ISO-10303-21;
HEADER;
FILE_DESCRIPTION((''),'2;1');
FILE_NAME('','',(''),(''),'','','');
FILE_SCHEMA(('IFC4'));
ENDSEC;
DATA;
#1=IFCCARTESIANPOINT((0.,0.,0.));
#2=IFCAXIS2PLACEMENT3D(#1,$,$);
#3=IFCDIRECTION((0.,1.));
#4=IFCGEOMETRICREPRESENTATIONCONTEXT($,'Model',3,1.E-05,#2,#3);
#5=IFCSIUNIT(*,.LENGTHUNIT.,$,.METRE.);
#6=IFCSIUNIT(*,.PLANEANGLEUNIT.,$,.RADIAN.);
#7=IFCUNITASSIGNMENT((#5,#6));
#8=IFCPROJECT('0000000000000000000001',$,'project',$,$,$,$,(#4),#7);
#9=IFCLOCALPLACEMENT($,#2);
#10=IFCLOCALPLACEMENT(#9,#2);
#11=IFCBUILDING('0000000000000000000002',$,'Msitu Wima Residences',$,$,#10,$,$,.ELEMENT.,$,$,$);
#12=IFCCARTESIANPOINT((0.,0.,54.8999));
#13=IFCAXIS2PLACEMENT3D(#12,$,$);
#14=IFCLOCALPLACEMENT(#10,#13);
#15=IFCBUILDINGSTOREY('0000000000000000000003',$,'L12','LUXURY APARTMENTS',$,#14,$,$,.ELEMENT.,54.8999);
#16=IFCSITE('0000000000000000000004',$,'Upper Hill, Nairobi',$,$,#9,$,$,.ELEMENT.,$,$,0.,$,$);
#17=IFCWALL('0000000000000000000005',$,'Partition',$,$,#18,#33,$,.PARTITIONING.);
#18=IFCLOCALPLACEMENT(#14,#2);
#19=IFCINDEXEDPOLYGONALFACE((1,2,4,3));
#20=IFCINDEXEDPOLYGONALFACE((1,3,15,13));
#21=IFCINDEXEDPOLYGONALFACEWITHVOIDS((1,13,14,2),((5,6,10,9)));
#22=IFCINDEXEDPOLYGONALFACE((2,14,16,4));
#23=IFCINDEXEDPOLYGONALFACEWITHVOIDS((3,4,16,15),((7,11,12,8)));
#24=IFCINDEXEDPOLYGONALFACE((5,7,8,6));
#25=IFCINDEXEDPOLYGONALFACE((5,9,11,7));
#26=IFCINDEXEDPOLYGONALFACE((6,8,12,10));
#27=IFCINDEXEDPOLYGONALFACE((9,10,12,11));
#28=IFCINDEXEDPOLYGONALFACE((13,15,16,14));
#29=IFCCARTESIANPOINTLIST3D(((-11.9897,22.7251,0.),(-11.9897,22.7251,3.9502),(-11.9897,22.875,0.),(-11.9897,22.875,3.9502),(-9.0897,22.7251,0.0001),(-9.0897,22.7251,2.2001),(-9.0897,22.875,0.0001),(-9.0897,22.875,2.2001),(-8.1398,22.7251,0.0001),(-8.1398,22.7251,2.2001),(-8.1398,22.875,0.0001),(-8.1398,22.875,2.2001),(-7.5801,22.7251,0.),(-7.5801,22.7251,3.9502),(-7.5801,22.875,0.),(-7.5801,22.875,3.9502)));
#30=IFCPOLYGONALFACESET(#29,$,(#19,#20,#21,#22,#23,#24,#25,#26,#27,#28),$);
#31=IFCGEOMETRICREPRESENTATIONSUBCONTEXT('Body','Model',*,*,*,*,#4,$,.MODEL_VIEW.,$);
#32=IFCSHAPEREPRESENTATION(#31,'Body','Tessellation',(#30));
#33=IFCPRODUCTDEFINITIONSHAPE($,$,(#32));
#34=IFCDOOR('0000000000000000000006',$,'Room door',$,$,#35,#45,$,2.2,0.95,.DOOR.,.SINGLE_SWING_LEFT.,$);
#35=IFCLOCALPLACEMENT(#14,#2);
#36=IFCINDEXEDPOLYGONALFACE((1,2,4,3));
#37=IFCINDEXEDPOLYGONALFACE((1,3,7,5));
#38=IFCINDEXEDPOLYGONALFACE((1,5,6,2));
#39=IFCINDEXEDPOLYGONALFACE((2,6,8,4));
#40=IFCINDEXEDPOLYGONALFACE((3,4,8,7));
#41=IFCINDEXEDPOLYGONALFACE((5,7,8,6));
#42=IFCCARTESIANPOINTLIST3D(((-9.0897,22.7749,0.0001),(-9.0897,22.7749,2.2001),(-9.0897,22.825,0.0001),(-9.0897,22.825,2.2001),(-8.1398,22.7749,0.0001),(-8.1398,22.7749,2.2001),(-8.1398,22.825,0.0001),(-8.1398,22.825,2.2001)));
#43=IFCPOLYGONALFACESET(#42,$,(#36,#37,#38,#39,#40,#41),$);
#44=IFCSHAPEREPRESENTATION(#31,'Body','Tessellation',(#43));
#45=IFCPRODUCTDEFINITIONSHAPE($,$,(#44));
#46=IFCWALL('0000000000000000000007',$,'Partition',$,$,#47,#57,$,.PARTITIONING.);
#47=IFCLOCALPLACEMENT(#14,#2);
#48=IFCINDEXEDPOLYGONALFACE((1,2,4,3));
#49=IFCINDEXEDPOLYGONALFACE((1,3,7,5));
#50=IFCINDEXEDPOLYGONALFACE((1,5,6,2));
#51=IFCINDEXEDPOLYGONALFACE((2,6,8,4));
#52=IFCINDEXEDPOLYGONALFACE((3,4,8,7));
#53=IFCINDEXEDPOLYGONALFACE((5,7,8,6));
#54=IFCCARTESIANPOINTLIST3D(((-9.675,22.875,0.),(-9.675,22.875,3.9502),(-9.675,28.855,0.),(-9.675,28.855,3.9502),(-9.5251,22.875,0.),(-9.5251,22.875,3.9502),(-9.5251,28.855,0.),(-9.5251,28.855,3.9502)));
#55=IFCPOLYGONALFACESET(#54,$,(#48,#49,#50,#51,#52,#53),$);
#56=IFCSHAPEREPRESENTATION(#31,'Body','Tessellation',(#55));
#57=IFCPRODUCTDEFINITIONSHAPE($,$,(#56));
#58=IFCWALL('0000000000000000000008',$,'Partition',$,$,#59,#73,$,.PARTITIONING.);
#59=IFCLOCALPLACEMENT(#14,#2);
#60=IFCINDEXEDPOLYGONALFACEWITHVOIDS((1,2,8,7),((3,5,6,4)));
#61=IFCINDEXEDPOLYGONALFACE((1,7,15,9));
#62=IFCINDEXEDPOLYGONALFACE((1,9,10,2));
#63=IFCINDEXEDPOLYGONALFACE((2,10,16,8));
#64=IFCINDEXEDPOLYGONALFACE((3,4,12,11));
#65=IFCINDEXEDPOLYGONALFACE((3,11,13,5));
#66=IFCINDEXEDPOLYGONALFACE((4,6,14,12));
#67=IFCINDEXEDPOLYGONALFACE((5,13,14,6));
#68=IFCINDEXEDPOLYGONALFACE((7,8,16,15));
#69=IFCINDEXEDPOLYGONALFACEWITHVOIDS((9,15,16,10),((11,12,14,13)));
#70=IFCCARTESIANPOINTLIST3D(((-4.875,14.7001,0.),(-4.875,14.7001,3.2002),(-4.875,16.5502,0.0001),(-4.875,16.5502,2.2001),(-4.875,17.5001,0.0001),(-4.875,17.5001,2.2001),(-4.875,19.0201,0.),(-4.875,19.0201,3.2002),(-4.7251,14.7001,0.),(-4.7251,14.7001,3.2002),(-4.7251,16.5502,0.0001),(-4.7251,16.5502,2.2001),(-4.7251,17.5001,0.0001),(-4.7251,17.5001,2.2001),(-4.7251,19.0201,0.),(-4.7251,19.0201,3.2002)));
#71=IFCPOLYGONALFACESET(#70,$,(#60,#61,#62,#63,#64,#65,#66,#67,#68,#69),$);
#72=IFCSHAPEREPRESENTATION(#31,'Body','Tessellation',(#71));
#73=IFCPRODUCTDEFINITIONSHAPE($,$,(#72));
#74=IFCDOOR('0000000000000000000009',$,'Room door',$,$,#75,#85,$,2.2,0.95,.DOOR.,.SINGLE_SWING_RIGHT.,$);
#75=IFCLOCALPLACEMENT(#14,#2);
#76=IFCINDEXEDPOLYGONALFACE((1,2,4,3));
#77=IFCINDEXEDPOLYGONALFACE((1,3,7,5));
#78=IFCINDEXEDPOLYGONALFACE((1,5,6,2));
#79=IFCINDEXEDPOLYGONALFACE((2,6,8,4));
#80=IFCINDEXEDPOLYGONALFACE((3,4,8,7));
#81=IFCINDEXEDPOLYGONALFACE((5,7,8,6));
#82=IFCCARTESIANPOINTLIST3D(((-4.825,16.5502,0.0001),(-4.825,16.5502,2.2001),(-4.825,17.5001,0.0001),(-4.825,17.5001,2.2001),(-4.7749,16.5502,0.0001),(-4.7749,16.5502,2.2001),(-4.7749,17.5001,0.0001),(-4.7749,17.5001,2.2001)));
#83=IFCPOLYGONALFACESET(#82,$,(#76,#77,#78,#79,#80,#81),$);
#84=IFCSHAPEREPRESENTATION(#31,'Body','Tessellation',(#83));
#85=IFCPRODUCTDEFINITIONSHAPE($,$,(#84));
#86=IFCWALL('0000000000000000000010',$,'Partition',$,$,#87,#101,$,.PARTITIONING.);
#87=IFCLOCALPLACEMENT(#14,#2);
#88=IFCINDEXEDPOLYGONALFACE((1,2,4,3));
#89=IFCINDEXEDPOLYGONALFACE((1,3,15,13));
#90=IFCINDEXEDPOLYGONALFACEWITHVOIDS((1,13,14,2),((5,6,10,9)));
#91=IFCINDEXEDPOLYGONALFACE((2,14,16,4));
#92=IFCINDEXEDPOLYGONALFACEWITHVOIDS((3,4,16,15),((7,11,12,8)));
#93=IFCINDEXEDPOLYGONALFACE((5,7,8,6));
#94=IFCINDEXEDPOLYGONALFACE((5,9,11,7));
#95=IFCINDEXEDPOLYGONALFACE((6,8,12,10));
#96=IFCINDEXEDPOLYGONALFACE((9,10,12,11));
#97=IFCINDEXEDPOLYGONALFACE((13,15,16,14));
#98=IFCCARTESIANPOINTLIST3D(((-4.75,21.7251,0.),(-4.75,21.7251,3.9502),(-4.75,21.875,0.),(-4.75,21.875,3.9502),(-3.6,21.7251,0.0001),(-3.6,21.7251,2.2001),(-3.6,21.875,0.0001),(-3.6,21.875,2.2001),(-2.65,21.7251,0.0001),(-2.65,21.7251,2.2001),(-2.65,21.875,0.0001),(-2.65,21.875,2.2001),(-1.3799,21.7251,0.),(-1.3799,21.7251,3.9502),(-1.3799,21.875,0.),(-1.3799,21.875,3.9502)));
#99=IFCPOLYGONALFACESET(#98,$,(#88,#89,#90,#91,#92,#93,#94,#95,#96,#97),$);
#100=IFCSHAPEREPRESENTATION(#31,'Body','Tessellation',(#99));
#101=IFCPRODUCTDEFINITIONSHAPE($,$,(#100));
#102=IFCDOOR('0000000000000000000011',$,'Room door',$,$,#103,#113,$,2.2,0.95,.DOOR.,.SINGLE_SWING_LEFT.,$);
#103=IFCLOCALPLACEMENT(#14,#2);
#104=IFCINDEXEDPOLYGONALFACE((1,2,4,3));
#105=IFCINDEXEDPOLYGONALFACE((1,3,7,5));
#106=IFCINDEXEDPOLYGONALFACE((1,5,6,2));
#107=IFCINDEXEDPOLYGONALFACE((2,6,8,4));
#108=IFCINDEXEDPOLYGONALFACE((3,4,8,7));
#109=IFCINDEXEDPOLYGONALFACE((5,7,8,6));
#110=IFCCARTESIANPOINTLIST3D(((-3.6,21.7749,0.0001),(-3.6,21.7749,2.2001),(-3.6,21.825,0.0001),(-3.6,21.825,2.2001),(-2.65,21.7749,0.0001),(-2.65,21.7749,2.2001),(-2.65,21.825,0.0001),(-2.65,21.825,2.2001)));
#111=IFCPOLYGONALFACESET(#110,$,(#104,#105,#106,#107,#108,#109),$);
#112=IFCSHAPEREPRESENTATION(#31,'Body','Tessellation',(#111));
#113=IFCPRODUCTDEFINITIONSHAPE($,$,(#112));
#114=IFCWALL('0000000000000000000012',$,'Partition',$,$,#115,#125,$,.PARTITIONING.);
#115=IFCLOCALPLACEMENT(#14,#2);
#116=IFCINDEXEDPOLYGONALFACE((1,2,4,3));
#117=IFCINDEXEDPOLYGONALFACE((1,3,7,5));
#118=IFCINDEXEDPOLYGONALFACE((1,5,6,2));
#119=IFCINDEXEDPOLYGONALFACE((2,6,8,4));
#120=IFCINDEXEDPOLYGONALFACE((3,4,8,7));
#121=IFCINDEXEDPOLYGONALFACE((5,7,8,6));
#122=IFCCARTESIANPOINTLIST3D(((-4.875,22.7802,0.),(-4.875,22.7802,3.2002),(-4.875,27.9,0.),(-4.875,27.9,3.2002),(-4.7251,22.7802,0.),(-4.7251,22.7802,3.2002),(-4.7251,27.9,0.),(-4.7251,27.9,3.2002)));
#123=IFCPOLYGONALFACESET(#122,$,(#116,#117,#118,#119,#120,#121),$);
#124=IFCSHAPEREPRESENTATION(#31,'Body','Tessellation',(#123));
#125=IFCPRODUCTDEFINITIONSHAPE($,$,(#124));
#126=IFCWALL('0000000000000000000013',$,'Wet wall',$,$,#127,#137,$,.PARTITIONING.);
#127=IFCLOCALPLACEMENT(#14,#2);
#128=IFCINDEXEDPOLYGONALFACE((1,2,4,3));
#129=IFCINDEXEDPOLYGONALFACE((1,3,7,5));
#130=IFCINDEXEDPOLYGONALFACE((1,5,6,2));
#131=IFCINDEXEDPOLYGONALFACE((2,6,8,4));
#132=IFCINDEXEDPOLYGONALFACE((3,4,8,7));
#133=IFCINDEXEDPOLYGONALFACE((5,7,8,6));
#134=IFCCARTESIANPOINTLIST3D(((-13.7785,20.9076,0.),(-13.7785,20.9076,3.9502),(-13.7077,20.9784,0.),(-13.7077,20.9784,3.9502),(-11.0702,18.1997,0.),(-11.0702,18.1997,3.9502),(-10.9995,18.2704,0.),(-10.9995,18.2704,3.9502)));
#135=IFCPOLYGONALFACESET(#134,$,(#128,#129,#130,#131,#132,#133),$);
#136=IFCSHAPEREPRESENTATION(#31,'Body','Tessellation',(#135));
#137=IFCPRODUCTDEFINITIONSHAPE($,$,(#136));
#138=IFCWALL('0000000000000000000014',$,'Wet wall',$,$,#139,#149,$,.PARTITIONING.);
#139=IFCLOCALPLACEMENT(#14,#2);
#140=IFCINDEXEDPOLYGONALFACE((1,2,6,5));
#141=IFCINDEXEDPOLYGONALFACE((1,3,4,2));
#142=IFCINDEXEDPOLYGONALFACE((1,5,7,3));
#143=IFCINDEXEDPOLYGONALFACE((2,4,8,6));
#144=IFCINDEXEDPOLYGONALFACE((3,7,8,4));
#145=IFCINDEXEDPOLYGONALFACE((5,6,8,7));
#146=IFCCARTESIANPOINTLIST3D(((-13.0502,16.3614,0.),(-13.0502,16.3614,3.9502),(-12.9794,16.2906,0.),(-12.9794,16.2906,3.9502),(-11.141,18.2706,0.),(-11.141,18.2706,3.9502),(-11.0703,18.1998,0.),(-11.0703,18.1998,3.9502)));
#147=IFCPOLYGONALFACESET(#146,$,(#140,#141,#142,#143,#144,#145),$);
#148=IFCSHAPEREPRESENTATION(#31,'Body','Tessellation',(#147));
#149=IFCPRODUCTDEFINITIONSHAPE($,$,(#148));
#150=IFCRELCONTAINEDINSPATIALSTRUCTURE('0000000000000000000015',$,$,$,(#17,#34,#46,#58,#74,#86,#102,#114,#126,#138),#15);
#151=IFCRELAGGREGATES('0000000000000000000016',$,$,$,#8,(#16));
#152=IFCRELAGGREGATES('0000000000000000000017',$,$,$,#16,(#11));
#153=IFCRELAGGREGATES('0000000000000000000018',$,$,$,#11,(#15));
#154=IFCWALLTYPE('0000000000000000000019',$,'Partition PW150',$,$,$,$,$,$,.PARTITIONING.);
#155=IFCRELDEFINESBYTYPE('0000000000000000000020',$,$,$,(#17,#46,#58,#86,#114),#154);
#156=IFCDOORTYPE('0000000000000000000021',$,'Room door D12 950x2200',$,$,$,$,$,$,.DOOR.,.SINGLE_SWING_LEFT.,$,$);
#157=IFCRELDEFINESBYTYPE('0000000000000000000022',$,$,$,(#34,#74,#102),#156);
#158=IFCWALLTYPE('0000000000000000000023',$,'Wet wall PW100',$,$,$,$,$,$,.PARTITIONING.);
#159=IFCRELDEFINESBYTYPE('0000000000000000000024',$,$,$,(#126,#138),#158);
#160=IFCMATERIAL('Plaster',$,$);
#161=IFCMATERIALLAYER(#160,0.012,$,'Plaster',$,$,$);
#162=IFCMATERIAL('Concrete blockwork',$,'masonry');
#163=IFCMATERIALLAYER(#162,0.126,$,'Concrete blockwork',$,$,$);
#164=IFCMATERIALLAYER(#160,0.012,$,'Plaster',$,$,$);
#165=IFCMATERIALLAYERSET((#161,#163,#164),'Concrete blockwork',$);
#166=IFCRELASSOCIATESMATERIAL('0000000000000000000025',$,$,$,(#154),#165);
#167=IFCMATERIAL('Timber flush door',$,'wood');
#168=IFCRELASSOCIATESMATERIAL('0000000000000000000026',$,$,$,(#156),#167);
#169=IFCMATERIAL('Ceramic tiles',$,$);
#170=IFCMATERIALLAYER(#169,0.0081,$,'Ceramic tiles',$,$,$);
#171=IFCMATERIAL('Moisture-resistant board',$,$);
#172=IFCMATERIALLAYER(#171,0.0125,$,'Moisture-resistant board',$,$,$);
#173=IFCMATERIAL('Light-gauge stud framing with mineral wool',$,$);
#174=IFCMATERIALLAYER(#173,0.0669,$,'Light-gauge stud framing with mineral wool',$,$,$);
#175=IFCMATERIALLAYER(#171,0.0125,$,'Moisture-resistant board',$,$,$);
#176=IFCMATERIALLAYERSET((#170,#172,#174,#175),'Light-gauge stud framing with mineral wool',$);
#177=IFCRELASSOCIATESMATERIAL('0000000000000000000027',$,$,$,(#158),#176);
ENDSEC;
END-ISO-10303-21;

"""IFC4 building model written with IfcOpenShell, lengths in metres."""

from ifc_helpers import new_model, si_unit, direction, frame, frame_2d, origin, place, context, subcontext, project, spatial, rectangle, extrude, material, layer, layer_set, type_object, element, fill, save


model = new_model("IFC4")

# Units and contexts
model_context = context("Model", 3, precision=1e-05, world=origin(), true_north=direction((0.0, 1.0)))
body_context = subcontext(model_context, "Body", "Model", "MODEL_VIEW")
ifc_project = project(units=[si_unit("LENGTHUNIT", "METRE"), si_unit("PLANEANGLEUNIT", "RADIAN")], contexts=[model_context])

# Site, building, storey
site_placement = place(None, origin())
site = spatial("IfcSite", under=ifc_project, at=site_placement, Name="Upper Hill, Nairobi", CompositionType="ELEMENT", RefElevation=0.0)
building_placement = place(site_placement, origin())
building = spatial("IfcBuilding", under=site, at=building_placement, Name="Msitu Wima Residences", CompositionType="ELEMENT")
storey_placement = place(building_placement, frame((0.0, 0.0, 54.8999)))
storey = spatial("IfcBuildingStorey", under=building, at=storey_placement, Name="L12", Description="LUXURY APARTMENTS", CompositionType="ELEMENT", Elevation=54.8999)

# Wall, opening, door
ifc_material_1 = material(Name="Plaster")
ifc_layer_1 = layer(ifc_material_1, 0.012, Name="Plaster")
ifc_material_2 = material(Name="Concrete blockwork", Category="masonry")
ifc_layer_2 = layer(ifc_material_2, 0.126, Name="Concrete blockwork")
ifc_layer_3 = layer(ifc_material_1, 0.012, Name="Plaster")
ifc_layer_set_1 = layer_set([ifc_layer_1, ifc_layer_2, ifc_layer_3], Name="Concrete blockwork")
wall_type_1 = type_object("IfcWallType", Name="Partition PW150", PredefinedType="PARTITIONING", material=ifc_layer_set_1)
ifc_material_3 = material(Name="Timber flush door", Category="wood")
door_type_1 = type_object("IfcDoorType", Name="Room door D12 950x2200", OperationType="SINGLE_SWING_LEFT", PredefinedType="DOOR", material=ifc_material_3)
wall_1_placement = place(storey_placement, frame((-11.9897, 22.8, 0.0), z_axis=(0.0, 0.0, 1.0), x_axis=(1.0, 0.0, 0.0)))
wall_1 = element("IfcWall", 1, at=wall_1_placement, inside=storey, type_object=wall_type_1, Name="Partition", PredefinedType="PARTITIONING", context=body_context, shape_type="SweptSolid", body=[
    extrude(rectangle(XDim=4.4097, YDim=0.1499, at=frame_2d((2.2048, 0.0))), origin(), (0.0, 0.0, 1.0), 3.9502),
])
opening_1_placement = place(wall_1_placement, frame((2.8999, 0.0, 0.0)))
opening_1 = element("IfcOpeningElement", 2, at=opening_1_placement, cuts=wall_1, PredefinedType="OPENING", context=body_context, shape_type="SweptSolid", body=[
    extrude(rectangle(XDim=0.95, YDim=2.2, at=frame_2d((0.4751, 1.1001))), frame((0.0, 0.085, 0.0), z_axis=(0.0, -1.0, 0.0), x_axis=(1.0, 0.0, 0.0)), (0.0, 0.0, 1.0), 0.1699),
])
door_1_placement = place(opening_1_placement, origin())
door_1 = element("IfcDoor", 3, at=door_1_placement, inside=storey, type_object=door_type_1, Name="Room door", OperationType="SINGLE_SWING_LEFT", OverallHeight=2.2, OverallWidth=0.95, PredefinedType="DOOR", context=body_context, shape_type="SweptSolid", body=[
    extrude(rectangle(XDim=0.95, YDim=2.2, at=frame_2d((0.4751, 1.1001))), frame((0.0, 0.0249, 0.0), z_axis=(0.0, -1.0, 0.0), x_axis=(1.0, 0.0, 0.0)), (0.0, 0.0, 1.0), 0.05),
])
fill(opening_1, door_1)

# Wall
wall_2_placement = place(storey_placement, frame((-9.6001, 22.875, 0.0), z_axis=(0.0, 0.0, 1.0), x_axis=(0.0, 1.0, 0.0)))
element("IfcWall", 4, at=wall_2_placement, inside=storey, type_object=wall_type_1, Name="Partition", PredefinedType="PARTITIONING", context=body_context, shape_type="SweptSolid", body=[
    extrude(rectangle(XDim=5.98, YDim=0.1499, at=frame_2d((2.99, 0.0))), origin(), (0.0, 0.0, 1.0), 3.9502),
])

# Walls, openings, doors
wall_3_placement = place(storey_placement, frame((-4.8, 14.7, 0.0), z_axis=(0.0, 0.0, 1.0), x_axis=(0.0, 1.0, 0.0)))
wall_3 = element("IfcWall", 5, at=wall_3_placement, inside=storey, type_object=wall_type_1, Name="Partition", PredefinedType="PARTITIONING", context=body_context, shape_type="SweptSolid", body=[
    extrude(rectangle(XDim=4.3201, YDim=0.1499, at=frame_2d((2.1602, 0.0))), origin(), (0.0, 0.0, 1.0), 3.2002),
])
opening_2_placement = place(wall_3_placement, frame((1.8501, 0.0, 0.0)))
opening_2 = element("IfcOpeningElement", 6, at=opening_2_placement, cuts=wall_3, PredefinedType="OPENING", context=body_context, shape_type="SweptSolid", body=[
    extrude(rectangle(XDim=0.95, YDim=2.2, at=frame_2d((0.4751, 1.1001))), frame((0.0, 0.085, 0.0), z_axis=(0.0, -1.0, 0.0), x_axis=(1.0, 0.0, 0.0)), (0.0, 0.0, 1.0), 0.1699),
])
door_2_placement = place(opening_2_placement, origin())
door_2 = element("IfcDoor", 7, at=door_2_placement, inside=storey, type_object=door_type_1, Name="Room door", OperationType="SINGLE_SWING_RIGHT", OverallHeight=2.2, OverallWidth=0.95, PredefinedType="DOOR", context=body_context, shape_type="SweptSolid", body=[
    extrude(rectangle(XDim=0.95, YDim=2.2, at=frame_2d((0.4751, 1.1001))), frame((0.0, 0.0249, 0.0), z_axis=(0.0, -1.0, 0.0), x_axis=(1.0, 0.0, 0.0)), (0.0, 0.0, 1.0), 0.05),
])
fill(opening_2, door_2)
wall_4_placement = place(storey_placement, frame((-4.75, 21.8, 0.0), z_axis=(0.0, 0.0, 1.0), x_axis=(1.0, 0.0, 0.0)))
wall_4 = element("IfcWall", 8, at=wall_4_placement, inside=storey, type_object=wall_type_1, Name="Partition", PredefinedType="PARTITIONING", context=body_context, shape_type="SweptSolid", body=[
    extrude(rectangle(XDim=3.3701, YDim=0.1499, at=frame_2d((1.6851, 0.0))), origin(), (0.0, 0.0, 1.0), 3.9502),
])
opening_3_placement = place(wall_4_placement, frame((1.1499, 0.0, 0.0)))
opening_3 = element("IfcOpeningElement", 9, at=opening_3_placement, cuts=wall_4, PredefinedType="OPENING", context=body_context, shape_type="SweptSolid", body=[
    extrude(rectangle(XDim=0.95, YDim=2.2, at=frame_2d((0.4751, 1.1001))), frame((0.0, 0.085, 0.0), z_axis=(0.0, -1.0, 0.0), x_axis=(1.0, 0.0, 0.0)), (0.0, 0.0, 1.0), 0.1699),
])
door_3_placement = place(opening_3_placement, origin())
door_3 = element("IfcDoor", 10, at=door_3_placement, inside=storey, type_object=door_type_1, Name="Room door", OperationType="SINGLE_SWING_LEFT", OverallHeight=2.2, OverallWidth=0.95, PredefinedType="DOOR", context=body_context, shape_type="SweptSolid", body=[
    extrude(rectangle(XDim=0.95, YDim=2.2, at=frame_2d((0.4751, 1.1001))), frame((0.0, 0.0249, 0.0), z_axis=(0.0, -1.0, 0.0), x_axis=(1.0, 0.0, 0.0)), (0.0, 0.0, 1.0), 0.05),
])
fill(opening_3, door_3)

# Walls
wall_5_placement = place(storey_placement, frame((-4.8, 22.78, 0.0), z_axis=(0.0, 0.0, 1.0), x_axis=(0.0, 1.0, 0.0)))
element("IfcWall", 11, at=wall_5_placement, inside=storey, type_object=wall_type_1, Name="Partition", PredefinedType="PARTITIONING", context=body_context, shape_type="SweptSolid", body=[
    extrude(rectangle(XDim=5.1199, YDim=0.1499, at=frame_2d((2.5601, 0.0))), origin(), (0.0, 0.0, 1.0), 3.2002),
])
ifc_material_4 = material(Name="Ceramic tiles")
ifc_layer_4 = layer(ifc_material_4, 0.0081, Name="Ceramic tiles")
ifc_material_5 = material(Name="Moisture-resistant board")
ifc_layer_5 = layer(ifc_material_5, 0.0125, Name="Moisture-resistant board")
ifc_material_6 = material(Name="Light-gauge stud framing with mineral wool")
ifc_layer_6 = layer(ifc_material_6, 0.0669, Name="Light-gauge stud framing with mineral wool")
ifc_layer_7 = layer(ifc_material_5, 0.0125, Name="Moisture-resistant board")
ifc_layer_set_2 = layer_set([ifc_layer_4, ifc_layer_5, ifc_layer_6, ifc_layer_7], Name="Light-gauge stud framing with mineral wool")
wall_type_2 = type_object("IfcWallType", Name="Wet wall PW100", PredefinedType="PARTITIONING", material=ifc_layer_set_2)
wall_6_placement = place(storey_placement, frame((-13.7432, 20.9431, 0.0), z_axis=(0.0, 0.0, 1.0), x_axis=(0.707139, -0.707075, 0.0)))
element("IfcWall", 12, at=wall_6_placement, inside=storey, type_object=wall_type_2, Name="Wet wall", PredefinedType="PARTITIONING", context=body_context, shape_type="SweptSolid", body=[
    extrude(rectangle(XDim=3.8298, YDim=0.1001, at=frame_2d((1.915, 0.0))), origin(), (0.0, 0.0, 1.0), 3.9502),
])
wall_7_placement = place(storey_placement, frame((-13.0149, 16.3259, 0.0), z_axis=(0.0, 0.0, 1.0), x_axis=(0.707107, 0.707107, 0.0)))
element("IfcWall", 13, at=wall_7_placement, inside=storey, type_object=wall_type_2, Name="Wet wall", PredefinedType="PARTITIONING", context=body_context, shape_type="SweptSolid", body=[
    extrude(rectangle(XDim=2.7, YDim=0.1001, at=frame_2d((1.3501, 0.0))), origin(), (0.0, 0.0, 1.0), 3.9502),
])

save(model, "model.ifc")
